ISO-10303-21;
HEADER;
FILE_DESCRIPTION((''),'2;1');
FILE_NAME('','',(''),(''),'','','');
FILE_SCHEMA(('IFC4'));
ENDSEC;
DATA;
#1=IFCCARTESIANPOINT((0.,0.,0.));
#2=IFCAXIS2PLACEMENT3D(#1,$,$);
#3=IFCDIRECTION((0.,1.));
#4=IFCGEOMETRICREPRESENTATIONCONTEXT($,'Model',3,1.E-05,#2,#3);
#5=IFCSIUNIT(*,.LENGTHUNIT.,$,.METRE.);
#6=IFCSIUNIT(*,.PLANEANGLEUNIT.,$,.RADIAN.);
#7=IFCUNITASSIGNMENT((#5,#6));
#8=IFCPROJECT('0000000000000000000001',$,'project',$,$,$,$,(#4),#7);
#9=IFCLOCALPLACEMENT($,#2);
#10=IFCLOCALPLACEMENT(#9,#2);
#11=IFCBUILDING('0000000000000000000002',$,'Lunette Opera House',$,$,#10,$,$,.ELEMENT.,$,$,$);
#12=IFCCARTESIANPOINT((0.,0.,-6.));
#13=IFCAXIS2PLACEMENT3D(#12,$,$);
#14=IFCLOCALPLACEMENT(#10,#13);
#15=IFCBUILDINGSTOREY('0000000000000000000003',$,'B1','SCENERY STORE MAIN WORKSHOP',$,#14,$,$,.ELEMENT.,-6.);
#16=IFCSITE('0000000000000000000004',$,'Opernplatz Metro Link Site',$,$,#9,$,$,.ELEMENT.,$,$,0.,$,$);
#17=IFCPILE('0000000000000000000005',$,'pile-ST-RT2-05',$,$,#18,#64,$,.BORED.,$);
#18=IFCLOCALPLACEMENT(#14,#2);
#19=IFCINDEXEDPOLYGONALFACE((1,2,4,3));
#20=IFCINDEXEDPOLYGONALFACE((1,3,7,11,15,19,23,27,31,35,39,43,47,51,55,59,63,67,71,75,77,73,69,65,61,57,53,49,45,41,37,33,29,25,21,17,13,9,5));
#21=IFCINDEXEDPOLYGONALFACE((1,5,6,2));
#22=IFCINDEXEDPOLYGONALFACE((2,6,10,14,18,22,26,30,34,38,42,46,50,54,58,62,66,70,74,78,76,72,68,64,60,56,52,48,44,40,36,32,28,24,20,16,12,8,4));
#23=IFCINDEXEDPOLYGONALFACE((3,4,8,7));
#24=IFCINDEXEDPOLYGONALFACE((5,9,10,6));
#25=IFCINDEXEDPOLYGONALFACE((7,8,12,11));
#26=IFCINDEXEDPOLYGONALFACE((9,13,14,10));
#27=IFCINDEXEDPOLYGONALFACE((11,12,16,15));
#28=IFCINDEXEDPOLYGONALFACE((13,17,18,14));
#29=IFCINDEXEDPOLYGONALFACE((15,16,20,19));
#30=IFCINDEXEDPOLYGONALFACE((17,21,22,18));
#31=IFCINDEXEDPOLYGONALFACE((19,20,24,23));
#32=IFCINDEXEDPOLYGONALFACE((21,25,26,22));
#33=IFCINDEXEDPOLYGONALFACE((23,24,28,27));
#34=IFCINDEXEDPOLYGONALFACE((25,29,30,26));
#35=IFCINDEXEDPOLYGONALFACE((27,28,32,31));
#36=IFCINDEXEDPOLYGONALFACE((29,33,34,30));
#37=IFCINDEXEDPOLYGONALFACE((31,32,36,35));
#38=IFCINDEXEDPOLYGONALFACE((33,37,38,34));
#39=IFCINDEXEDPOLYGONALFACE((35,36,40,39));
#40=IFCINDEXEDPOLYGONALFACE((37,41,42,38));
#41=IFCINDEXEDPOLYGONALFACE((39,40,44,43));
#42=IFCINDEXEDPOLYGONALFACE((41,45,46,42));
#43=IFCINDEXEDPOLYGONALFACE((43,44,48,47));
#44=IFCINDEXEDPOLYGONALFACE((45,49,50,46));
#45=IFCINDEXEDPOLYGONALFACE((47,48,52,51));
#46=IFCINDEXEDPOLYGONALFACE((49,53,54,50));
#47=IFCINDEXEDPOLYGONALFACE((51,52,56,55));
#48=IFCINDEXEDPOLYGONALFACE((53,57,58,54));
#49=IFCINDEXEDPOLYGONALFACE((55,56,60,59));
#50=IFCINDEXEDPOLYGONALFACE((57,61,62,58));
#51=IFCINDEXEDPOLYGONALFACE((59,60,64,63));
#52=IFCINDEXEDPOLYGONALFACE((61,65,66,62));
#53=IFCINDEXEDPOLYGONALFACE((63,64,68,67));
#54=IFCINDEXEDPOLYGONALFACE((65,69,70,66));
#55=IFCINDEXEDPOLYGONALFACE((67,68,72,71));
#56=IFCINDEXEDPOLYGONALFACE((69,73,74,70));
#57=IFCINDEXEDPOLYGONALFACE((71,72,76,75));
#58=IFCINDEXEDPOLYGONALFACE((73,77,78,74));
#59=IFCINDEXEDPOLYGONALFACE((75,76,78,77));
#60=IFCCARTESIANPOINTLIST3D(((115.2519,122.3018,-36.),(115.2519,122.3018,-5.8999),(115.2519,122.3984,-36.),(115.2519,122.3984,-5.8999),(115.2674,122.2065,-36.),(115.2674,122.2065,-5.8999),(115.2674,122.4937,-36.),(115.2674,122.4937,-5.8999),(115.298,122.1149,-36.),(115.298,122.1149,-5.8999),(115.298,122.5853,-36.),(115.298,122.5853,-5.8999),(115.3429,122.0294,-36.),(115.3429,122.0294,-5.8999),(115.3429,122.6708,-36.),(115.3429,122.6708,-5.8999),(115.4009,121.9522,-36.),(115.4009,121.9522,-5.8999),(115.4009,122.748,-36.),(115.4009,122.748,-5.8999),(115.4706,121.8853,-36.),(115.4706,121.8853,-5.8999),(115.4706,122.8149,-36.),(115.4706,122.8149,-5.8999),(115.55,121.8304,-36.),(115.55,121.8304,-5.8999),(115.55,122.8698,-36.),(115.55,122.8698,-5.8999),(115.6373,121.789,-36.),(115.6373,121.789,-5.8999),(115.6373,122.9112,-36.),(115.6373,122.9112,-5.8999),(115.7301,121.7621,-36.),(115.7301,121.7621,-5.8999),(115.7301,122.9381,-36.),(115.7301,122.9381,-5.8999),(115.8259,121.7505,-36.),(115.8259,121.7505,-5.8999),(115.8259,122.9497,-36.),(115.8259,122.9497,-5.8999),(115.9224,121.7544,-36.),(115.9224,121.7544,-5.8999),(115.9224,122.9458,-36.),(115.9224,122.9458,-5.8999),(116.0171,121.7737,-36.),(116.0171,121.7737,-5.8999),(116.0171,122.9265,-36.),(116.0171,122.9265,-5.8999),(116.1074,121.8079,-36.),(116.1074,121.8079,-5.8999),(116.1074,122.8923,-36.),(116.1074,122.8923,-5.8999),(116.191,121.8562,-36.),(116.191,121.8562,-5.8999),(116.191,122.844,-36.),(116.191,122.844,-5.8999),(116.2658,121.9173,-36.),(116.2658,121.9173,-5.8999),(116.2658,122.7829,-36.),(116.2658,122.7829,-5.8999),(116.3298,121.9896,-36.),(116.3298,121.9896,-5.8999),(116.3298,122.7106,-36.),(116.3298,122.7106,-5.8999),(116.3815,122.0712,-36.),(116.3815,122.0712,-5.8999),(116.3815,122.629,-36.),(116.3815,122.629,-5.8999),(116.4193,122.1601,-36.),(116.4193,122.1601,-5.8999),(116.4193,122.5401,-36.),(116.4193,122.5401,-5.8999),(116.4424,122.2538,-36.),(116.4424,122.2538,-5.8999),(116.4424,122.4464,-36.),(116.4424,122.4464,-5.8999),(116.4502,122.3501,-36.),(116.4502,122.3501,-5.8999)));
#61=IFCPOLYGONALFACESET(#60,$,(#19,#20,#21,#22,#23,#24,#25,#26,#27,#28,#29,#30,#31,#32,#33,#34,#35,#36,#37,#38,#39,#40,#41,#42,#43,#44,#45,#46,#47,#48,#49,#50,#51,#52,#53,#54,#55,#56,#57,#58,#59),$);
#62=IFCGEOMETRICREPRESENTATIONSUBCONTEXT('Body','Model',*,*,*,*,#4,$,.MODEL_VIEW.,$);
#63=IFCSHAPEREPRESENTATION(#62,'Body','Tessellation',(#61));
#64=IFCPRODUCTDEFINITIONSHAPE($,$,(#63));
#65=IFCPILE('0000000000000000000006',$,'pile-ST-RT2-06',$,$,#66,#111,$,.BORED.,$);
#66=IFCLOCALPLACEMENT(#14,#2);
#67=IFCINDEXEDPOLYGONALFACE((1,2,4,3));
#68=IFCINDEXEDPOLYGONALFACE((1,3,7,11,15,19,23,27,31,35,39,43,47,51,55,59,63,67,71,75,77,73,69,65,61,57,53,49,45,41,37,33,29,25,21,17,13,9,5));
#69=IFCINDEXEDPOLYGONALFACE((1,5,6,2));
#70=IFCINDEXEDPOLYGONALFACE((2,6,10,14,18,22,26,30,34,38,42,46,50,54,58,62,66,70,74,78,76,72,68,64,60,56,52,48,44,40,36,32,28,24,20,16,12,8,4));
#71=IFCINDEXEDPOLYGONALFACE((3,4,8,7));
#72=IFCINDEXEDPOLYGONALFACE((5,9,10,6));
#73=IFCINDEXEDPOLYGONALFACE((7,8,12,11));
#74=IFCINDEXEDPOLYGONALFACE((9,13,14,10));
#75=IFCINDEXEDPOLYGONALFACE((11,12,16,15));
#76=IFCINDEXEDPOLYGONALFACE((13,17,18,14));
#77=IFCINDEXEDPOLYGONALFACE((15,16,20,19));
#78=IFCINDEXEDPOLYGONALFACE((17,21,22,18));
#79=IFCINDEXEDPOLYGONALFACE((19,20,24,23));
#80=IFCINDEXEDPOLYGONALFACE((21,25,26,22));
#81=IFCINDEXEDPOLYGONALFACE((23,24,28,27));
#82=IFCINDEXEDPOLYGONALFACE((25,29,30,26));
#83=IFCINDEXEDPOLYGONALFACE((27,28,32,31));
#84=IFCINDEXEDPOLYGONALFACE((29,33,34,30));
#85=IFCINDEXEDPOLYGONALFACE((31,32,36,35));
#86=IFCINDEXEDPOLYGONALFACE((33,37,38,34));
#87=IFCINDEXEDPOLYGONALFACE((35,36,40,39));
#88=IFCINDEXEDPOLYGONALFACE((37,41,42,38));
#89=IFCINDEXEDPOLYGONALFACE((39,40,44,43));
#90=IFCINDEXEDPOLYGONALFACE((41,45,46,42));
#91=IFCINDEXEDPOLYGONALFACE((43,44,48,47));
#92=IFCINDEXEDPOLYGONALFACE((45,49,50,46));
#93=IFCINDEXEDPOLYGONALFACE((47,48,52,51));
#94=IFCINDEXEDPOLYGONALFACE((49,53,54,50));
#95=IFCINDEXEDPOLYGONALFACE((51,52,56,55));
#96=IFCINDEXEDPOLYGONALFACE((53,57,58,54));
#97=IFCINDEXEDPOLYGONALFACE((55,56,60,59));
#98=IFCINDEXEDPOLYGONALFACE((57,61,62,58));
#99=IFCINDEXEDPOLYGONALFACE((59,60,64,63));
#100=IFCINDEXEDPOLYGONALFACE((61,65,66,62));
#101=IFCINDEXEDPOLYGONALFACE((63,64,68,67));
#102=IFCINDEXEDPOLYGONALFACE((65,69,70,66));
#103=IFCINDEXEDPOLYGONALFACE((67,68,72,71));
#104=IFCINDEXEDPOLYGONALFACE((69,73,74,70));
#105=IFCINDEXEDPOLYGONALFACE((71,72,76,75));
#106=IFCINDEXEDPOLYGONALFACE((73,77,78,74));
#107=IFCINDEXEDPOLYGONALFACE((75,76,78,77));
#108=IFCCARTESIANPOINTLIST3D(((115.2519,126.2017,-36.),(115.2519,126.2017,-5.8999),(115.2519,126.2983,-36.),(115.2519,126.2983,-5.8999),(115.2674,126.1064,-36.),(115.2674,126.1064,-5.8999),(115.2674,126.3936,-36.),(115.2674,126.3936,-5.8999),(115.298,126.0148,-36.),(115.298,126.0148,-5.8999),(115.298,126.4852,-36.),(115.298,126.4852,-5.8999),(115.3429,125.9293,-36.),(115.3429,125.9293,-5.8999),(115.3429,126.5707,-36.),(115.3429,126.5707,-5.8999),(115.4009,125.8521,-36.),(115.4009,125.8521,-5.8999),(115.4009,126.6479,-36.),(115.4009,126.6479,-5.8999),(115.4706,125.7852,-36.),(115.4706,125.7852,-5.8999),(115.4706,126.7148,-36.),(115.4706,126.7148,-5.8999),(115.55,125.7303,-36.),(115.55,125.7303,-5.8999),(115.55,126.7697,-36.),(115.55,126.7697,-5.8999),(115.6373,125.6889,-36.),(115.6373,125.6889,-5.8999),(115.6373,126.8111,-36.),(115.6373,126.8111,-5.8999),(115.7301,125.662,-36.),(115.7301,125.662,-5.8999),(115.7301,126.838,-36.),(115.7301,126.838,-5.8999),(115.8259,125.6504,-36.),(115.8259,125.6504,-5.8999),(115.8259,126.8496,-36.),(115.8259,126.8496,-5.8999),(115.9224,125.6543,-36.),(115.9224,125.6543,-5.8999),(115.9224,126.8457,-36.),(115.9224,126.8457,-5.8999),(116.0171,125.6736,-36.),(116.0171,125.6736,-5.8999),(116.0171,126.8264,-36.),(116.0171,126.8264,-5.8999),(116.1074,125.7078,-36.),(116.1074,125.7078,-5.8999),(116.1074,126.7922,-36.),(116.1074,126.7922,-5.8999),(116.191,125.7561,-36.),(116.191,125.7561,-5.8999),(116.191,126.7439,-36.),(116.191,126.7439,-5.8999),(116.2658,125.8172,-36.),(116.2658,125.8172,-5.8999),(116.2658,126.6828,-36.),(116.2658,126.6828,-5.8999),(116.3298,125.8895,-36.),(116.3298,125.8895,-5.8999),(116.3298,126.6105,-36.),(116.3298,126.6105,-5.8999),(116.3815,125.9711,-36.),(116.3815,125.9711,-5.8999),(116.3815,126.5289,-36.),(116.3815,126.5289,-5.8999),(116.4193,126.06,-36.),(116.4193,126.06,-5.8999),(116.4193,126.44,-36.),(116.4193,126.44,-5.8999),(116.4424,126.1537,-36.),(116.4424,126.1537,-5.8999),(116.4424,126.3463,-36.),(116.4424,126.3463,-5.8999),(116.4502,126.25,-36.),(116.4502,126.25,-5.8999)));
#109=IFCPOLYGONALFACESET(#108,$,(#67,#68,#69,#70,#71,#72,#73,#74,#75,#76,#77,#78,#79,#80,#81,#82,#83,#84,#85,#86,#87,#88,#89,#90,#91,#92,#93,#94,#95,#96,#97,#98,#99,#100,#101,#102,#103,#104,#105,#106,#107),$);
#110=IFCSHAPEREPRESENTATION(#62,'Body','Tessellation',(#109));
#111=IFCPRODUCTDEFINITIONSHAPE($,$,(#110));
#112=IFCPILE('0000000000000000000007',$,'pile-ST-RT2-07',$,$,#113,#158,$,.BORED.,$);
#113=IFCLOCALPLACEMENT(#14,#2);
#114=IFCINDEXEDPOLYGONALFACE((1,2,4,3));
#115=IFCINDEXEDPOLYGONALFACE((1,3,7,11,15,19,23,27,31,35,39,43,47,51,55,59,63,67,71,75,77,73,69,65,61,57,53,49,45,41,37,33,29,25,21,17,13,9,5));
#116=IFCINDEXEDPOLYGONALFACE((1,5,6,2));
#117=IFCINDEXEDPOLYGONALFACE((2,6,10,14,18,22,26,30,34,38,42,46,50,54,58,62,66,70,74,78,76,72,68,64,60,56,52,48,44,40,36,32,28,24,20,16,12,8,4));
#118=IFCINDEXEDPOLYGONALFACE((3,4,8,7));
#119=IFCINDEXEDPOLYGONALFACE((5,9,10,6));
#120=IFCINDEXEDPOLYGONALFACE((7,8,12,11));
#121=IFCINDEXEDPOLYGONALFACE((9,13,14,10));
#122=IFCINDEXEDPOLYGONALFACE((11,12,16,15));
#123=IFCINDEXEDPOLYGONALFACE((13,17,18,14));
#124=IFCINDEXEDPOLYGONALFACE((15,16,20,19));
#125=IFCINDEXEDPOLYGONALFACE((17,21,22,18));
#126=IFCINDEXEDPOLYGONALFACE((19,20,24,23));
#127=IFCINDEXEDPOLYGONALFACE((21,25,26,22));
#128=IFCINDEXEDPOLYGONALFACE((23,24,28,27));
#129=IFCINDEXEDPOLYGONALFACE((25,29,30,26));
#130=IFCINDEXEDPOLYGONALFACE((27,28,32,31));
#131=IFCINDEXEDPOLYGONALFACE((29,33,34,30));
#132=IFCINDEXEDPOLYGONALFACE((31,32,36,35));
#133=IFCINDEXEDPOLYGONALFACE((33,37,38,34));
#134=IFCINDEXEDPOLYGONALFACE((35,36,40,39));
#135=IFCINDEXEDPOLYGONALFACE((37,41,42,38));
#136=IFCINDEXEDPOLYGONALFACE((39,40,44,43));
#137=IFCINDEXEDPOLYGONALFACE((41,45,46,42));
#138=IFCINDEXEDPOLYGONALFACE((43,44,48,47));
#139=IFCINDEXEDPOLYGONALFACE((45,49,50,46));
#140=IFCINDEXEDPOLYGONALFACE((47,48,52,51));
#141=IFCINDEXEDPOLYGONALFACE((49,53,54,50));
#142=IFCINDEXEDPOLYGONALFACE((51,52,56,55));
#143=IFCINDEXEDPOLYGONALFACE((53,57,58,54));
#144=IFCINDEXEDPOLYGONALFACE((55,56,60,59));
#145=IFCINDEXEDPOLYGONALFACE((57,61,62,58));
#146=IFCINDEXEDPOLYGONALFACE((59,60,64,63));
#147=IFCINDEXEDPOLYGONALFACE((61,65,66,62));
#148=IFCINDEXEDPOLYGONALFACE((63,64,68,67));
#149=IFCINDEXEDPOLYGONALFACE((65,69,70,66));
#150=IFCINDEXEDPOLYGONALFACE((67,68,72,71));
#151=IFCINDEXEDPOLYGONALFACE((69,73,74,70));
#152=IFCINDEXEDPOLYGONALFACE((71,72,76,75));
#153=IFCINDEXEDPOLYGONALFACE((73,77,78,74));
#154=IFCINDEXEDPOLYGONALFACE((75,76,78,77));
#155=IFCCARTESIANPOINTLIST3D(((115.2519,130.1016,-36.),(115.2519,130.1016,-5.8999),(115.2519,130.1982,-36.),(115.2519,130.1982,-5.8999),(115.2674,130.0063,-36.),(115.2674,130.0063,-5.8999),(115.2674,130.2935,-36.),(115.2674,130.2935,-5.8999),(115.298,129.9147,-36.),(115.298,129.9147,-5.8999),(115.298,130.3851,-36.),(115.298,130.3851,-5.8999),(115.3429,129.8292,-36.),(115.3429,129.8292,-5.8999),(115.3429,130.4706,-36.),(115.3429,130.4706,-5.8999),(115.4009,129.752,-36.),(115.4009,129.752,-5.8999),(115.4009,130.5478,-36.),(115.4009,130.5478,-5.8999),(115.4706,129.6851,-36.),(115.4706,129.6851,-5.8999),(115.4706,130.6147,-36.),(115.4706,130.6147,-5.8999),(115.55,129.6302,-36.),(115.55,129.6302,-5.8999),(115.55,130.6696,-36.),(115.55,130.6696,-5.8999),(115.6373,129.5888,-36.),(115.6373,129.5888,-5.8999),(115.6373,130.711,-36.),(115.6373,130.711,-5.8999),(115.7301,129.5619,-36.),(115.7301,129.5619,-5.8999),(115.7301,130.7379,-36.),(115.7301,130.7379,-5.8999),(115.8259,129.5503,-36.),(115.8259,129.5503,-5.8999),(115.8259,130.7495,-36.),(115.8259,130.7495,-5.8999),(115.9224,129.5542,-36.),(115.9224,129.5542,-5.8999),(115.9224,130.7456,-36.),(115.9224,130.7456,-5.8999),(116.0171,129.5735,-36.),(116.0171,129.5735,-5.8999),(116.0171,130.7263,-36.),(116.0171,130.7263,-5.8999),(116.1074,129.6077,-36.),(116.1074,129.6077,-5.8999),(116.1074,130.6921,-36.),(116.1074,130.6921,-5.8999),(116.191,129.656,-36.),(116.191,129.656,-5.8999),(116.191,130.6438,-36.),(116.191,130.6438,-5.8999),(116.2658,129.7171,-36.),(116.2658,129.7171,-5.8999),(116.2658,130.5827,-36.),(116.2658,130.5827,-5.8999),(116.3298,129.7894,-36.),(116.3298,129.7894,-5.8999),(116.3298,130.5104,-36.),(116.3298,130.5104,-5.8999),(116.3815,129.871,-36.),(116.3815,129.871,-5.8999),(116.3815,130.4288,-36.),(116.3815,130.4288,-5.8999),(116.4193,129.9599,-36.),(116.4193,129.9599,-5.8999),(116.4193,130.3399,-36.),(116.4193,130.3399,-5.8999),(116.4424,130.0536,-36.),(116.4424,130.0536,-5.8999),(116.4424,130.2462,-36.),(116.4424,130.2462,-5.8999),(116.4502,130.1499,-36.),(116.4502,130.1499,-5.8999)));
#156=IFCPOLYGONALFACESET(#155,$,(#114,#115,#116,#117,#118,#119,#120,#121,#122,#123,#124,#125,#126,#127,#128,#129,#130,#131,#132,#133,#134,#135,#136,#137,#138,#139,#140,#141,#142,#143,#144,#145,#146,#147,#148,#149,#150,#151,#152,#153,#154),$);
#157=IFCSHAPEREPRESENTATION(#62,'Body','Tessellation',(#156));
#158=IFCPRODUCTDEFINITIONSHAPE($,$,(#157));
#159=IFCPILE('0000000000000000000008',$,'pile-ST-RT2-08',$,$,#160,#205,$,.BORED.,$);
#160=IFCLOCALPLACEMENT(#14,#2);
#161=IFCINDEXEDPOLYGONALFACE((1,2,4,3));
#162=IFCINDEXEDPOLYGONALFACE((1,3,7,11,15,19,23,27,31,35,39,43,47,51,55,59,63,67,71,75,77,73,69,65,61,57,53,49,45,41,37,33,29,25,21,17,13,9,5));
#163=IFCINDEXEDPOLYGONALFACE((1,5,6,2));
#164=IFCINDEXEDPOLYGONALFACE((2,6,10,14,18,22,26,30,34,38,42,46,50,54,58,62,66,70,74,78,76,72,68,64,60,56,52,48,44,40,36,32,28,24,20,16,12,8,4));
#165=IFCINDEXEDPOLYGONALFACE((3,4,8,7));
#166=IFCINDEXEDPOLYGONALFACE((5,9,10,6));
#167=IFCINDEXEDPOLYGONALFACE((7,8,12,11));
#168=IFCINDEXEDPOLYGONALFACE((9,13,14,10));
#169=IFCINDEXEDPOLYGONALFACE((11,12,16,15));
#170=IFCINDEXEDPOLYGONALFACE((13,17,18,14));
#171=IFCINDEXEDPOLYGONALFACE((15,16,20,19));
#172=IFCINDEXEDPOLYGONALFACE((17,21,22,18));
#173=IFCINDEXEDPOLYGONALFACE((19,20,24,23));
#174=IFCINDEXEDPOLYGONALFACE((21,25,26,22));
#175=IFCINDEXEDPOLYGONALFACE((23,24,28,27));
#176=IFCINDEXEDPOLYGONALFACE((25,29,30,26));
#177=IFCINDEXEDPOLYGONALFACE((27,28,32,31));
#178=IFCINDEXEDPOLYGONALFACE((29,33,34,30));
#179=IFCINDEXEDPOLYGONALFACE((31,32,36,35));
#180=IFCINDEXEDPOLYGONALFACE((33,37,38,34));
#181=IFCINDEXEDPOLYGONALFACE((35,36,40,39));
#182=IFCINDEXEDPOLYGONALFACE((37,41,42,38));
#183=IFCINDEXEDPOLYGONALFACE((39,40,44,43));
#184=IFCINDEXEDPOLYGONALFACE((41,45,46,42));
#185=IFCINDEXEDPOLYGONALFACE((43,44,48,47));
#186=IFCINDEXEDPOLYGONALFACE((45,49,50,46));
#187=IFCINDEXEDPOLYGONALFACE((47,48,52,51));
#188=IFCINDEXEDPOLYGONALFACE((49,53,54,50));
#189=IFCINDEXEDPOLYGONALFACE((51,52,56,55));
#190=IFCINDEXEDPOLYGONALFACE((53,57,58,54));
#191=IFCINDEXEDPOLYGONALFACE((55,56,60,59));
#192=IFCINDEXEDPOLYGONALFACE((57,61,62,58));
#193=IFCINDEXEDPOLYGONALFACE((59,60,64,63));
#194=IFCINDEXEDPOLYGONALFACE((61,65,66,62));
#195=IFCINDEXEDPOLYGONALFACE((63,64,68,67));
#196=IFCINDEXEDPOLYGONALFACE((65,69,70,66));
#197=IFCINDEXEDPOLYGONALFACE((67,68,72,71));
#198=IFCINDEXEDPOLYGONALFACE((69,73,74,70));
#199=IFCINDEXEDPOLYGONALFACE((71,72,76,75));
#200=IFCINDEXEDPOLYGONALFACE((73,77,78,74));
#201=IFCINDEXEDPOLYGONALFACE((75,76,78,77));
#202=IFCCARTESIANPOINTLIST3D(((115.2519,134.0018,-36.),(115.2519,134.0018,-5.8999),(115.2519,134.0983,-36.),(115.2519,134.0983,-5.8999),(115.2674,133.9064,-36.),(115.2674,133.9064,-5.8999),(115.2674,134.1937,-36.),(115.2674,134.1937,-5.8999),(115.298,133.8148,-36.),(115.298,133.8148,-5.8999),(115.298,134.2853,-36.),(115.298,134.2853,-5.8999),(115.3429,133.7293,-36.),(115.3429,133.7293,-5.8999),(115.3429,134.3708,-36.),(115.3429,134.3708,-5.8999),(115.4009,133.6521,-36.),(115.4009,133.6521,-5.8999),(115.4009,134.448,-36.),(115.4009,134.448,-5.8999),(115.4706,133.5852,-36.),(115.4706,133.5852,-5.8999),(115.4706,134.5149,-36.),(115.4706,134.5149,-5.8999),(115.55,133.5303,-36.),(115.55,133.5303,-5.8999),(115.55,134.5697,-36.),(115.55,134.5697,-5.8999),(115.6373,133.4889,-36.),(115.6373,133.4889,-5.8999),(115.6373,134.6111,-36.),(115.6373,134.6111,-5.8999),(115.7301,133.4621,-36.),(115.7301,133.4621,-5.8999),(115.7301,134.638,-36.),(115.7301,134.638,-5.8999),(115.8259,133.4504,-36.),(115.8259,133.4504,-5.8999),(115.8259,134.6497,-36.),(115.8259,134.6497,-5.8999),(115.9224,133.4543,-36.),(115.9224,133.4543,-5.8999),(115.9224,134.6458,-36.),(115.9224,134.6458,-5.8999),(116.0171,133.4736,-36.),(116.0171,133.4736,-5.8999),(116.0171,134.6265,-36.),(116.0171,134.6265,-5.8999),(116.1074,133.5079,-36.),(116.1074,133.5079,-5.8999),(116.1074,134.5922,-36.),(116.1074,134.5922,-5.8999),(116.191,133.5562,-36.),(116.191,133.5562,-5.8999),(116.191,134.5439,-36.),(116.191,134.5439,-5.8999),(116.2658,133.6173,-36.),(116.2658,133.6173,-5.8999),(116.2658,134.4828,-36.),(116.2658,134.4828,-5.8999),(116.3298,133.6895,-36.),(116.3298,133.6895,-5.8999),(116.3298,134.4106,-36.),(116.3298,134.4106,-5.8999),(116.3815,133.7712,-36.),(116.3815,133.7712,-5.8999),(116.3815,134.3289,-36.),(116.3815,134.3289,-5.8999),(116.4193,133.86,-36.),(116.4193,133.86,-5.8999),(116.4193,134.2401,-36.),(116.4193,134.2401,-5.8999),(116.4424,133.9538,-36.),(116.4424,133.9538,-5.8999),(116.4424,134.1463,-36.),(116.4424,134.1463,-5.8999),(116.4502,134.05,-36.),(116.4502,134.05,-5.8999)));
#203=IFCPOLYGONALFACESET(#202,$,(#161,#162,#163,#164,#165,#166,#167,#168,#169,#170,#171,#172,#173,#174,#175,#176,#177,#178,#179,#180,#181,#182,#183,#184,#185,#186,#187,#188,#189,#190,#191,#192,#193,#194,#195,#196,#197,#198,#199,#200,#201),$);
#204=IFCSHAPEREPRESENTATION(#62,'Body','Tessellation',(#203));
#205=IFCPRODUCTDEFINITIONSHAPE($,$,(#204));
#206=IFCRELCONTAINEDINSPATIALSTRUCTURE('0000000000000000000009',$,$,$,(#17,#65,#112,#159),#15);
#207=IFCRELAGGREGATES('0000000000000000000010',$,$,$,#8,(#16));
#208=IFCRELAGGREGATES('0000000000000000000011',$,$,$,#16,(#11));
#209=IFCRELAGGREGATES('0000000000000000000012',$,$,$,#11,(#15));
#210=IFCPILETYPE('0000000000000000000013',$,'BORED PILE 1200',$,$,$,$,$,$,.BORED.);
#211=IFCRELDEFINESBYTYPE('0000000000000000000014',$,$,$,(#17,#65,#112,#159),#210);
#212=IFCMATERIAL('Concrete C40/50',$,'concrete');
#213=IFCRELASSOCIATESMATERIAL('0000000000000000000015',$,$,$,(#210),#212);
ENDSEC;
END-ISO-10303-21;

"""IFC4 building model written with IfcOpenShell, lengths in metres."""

from ifc_helpers import new_model, si_unit, direction, frame, origin, origin_2d, place, context, subcontext, project, spatial, circle, extrude, material, material_profile, profile_set, type_object, element, save


model = new_model("IFC4")

# Units and contexts
model_context = context("Model", 3, precision=1e-05, world=origin(), true_north=direction((0.0, 1.0)))
body_context = subcontext(model_context, "Body", "Model", "MODEL_VIEW")
ifc_project = project(units=[si_unit("LENGTHUNIT", "METRE"), si_unit("PLANEANGLEUNIT", "RADIAN")], contexts=[model_context])

# Site, building, storey
site_placement = place(None, origin())
site = spatial("IfcSite", under=ifc_project, at=site_placement, Name="Opernplatz Metro Link Site", CompositionType="ELEMENT", RefElevation=0.0)
building_placement = place(site_placement, origin())
building = spatial("IfcBuilding", under=site, at=building_placement, Name="Lunette Opera House", CompositionType="ELEMENT")
storey_placement = place(building_placement, frame((0.0, 0.0, -6.0)))
storey = spatial("IfcBuildingStorey", under=building, at=storey_placement, Name="B1", Description="SCENERY STORE MAIN WORKSHOP", CompositionType="ELEMENT", Elevation=-6.0)

# Piles
ifc_material_1 = material(Name="Concrete C40/50", Category="concrete")
ifc_material_profile = material_profile(ifc_material_1, circle(Radius=0.6001, at=origin_2d()), Name="BORED PILE 1200")
ifc_profile_set = profile_set([ifc_material_profile], Name="Concrete C40/50")
pile_type = type_object("IfcPileType", Name="BORED PILE 1200", PredefinedType="BORED", material=ifc_profile_set)
for number, where, z_axis, x_axis, name in (
    (1, (115.8501, 122.3501, -5.8999), (0.0, 0.0, -1.0), (1.0, 0.0, 0.0), "pile-ST-RT2-05"),
    (2, (115.8501, 126.25, -5.8999), (0.0, 0.0, -1.0), (1.0, 0.0, 0.0), "pile-ST-RT2-06"),
    (3, (115.8501, 130.1499, -5.8999), (0.0, 0.0, -1.0), (1.0, 0.0, 0.0), "pile-ST-RT2-07"),
    (4, (115.8501, 134.05, -5.8999), (0.0, 0.0, -1.0), (1.0, 0.0, 0.0), "pile-ST-RT2-08"),
):
    element("IfcPile", number, at=place(storey_placement, frame(where, z_axis=z_axis, x_axis=x_axis)), inside=storey, type_object=pile_type, Name=name, PredefinedType="BORED", context=body_context, shape_type="SweptSolid", body=[
        extrude(circle(Radius=0.6001, at=origin_2d()), origin(), (0.0, 0.0, 1.0), 30.1001),
    ])

save(model, "model.ifc")
